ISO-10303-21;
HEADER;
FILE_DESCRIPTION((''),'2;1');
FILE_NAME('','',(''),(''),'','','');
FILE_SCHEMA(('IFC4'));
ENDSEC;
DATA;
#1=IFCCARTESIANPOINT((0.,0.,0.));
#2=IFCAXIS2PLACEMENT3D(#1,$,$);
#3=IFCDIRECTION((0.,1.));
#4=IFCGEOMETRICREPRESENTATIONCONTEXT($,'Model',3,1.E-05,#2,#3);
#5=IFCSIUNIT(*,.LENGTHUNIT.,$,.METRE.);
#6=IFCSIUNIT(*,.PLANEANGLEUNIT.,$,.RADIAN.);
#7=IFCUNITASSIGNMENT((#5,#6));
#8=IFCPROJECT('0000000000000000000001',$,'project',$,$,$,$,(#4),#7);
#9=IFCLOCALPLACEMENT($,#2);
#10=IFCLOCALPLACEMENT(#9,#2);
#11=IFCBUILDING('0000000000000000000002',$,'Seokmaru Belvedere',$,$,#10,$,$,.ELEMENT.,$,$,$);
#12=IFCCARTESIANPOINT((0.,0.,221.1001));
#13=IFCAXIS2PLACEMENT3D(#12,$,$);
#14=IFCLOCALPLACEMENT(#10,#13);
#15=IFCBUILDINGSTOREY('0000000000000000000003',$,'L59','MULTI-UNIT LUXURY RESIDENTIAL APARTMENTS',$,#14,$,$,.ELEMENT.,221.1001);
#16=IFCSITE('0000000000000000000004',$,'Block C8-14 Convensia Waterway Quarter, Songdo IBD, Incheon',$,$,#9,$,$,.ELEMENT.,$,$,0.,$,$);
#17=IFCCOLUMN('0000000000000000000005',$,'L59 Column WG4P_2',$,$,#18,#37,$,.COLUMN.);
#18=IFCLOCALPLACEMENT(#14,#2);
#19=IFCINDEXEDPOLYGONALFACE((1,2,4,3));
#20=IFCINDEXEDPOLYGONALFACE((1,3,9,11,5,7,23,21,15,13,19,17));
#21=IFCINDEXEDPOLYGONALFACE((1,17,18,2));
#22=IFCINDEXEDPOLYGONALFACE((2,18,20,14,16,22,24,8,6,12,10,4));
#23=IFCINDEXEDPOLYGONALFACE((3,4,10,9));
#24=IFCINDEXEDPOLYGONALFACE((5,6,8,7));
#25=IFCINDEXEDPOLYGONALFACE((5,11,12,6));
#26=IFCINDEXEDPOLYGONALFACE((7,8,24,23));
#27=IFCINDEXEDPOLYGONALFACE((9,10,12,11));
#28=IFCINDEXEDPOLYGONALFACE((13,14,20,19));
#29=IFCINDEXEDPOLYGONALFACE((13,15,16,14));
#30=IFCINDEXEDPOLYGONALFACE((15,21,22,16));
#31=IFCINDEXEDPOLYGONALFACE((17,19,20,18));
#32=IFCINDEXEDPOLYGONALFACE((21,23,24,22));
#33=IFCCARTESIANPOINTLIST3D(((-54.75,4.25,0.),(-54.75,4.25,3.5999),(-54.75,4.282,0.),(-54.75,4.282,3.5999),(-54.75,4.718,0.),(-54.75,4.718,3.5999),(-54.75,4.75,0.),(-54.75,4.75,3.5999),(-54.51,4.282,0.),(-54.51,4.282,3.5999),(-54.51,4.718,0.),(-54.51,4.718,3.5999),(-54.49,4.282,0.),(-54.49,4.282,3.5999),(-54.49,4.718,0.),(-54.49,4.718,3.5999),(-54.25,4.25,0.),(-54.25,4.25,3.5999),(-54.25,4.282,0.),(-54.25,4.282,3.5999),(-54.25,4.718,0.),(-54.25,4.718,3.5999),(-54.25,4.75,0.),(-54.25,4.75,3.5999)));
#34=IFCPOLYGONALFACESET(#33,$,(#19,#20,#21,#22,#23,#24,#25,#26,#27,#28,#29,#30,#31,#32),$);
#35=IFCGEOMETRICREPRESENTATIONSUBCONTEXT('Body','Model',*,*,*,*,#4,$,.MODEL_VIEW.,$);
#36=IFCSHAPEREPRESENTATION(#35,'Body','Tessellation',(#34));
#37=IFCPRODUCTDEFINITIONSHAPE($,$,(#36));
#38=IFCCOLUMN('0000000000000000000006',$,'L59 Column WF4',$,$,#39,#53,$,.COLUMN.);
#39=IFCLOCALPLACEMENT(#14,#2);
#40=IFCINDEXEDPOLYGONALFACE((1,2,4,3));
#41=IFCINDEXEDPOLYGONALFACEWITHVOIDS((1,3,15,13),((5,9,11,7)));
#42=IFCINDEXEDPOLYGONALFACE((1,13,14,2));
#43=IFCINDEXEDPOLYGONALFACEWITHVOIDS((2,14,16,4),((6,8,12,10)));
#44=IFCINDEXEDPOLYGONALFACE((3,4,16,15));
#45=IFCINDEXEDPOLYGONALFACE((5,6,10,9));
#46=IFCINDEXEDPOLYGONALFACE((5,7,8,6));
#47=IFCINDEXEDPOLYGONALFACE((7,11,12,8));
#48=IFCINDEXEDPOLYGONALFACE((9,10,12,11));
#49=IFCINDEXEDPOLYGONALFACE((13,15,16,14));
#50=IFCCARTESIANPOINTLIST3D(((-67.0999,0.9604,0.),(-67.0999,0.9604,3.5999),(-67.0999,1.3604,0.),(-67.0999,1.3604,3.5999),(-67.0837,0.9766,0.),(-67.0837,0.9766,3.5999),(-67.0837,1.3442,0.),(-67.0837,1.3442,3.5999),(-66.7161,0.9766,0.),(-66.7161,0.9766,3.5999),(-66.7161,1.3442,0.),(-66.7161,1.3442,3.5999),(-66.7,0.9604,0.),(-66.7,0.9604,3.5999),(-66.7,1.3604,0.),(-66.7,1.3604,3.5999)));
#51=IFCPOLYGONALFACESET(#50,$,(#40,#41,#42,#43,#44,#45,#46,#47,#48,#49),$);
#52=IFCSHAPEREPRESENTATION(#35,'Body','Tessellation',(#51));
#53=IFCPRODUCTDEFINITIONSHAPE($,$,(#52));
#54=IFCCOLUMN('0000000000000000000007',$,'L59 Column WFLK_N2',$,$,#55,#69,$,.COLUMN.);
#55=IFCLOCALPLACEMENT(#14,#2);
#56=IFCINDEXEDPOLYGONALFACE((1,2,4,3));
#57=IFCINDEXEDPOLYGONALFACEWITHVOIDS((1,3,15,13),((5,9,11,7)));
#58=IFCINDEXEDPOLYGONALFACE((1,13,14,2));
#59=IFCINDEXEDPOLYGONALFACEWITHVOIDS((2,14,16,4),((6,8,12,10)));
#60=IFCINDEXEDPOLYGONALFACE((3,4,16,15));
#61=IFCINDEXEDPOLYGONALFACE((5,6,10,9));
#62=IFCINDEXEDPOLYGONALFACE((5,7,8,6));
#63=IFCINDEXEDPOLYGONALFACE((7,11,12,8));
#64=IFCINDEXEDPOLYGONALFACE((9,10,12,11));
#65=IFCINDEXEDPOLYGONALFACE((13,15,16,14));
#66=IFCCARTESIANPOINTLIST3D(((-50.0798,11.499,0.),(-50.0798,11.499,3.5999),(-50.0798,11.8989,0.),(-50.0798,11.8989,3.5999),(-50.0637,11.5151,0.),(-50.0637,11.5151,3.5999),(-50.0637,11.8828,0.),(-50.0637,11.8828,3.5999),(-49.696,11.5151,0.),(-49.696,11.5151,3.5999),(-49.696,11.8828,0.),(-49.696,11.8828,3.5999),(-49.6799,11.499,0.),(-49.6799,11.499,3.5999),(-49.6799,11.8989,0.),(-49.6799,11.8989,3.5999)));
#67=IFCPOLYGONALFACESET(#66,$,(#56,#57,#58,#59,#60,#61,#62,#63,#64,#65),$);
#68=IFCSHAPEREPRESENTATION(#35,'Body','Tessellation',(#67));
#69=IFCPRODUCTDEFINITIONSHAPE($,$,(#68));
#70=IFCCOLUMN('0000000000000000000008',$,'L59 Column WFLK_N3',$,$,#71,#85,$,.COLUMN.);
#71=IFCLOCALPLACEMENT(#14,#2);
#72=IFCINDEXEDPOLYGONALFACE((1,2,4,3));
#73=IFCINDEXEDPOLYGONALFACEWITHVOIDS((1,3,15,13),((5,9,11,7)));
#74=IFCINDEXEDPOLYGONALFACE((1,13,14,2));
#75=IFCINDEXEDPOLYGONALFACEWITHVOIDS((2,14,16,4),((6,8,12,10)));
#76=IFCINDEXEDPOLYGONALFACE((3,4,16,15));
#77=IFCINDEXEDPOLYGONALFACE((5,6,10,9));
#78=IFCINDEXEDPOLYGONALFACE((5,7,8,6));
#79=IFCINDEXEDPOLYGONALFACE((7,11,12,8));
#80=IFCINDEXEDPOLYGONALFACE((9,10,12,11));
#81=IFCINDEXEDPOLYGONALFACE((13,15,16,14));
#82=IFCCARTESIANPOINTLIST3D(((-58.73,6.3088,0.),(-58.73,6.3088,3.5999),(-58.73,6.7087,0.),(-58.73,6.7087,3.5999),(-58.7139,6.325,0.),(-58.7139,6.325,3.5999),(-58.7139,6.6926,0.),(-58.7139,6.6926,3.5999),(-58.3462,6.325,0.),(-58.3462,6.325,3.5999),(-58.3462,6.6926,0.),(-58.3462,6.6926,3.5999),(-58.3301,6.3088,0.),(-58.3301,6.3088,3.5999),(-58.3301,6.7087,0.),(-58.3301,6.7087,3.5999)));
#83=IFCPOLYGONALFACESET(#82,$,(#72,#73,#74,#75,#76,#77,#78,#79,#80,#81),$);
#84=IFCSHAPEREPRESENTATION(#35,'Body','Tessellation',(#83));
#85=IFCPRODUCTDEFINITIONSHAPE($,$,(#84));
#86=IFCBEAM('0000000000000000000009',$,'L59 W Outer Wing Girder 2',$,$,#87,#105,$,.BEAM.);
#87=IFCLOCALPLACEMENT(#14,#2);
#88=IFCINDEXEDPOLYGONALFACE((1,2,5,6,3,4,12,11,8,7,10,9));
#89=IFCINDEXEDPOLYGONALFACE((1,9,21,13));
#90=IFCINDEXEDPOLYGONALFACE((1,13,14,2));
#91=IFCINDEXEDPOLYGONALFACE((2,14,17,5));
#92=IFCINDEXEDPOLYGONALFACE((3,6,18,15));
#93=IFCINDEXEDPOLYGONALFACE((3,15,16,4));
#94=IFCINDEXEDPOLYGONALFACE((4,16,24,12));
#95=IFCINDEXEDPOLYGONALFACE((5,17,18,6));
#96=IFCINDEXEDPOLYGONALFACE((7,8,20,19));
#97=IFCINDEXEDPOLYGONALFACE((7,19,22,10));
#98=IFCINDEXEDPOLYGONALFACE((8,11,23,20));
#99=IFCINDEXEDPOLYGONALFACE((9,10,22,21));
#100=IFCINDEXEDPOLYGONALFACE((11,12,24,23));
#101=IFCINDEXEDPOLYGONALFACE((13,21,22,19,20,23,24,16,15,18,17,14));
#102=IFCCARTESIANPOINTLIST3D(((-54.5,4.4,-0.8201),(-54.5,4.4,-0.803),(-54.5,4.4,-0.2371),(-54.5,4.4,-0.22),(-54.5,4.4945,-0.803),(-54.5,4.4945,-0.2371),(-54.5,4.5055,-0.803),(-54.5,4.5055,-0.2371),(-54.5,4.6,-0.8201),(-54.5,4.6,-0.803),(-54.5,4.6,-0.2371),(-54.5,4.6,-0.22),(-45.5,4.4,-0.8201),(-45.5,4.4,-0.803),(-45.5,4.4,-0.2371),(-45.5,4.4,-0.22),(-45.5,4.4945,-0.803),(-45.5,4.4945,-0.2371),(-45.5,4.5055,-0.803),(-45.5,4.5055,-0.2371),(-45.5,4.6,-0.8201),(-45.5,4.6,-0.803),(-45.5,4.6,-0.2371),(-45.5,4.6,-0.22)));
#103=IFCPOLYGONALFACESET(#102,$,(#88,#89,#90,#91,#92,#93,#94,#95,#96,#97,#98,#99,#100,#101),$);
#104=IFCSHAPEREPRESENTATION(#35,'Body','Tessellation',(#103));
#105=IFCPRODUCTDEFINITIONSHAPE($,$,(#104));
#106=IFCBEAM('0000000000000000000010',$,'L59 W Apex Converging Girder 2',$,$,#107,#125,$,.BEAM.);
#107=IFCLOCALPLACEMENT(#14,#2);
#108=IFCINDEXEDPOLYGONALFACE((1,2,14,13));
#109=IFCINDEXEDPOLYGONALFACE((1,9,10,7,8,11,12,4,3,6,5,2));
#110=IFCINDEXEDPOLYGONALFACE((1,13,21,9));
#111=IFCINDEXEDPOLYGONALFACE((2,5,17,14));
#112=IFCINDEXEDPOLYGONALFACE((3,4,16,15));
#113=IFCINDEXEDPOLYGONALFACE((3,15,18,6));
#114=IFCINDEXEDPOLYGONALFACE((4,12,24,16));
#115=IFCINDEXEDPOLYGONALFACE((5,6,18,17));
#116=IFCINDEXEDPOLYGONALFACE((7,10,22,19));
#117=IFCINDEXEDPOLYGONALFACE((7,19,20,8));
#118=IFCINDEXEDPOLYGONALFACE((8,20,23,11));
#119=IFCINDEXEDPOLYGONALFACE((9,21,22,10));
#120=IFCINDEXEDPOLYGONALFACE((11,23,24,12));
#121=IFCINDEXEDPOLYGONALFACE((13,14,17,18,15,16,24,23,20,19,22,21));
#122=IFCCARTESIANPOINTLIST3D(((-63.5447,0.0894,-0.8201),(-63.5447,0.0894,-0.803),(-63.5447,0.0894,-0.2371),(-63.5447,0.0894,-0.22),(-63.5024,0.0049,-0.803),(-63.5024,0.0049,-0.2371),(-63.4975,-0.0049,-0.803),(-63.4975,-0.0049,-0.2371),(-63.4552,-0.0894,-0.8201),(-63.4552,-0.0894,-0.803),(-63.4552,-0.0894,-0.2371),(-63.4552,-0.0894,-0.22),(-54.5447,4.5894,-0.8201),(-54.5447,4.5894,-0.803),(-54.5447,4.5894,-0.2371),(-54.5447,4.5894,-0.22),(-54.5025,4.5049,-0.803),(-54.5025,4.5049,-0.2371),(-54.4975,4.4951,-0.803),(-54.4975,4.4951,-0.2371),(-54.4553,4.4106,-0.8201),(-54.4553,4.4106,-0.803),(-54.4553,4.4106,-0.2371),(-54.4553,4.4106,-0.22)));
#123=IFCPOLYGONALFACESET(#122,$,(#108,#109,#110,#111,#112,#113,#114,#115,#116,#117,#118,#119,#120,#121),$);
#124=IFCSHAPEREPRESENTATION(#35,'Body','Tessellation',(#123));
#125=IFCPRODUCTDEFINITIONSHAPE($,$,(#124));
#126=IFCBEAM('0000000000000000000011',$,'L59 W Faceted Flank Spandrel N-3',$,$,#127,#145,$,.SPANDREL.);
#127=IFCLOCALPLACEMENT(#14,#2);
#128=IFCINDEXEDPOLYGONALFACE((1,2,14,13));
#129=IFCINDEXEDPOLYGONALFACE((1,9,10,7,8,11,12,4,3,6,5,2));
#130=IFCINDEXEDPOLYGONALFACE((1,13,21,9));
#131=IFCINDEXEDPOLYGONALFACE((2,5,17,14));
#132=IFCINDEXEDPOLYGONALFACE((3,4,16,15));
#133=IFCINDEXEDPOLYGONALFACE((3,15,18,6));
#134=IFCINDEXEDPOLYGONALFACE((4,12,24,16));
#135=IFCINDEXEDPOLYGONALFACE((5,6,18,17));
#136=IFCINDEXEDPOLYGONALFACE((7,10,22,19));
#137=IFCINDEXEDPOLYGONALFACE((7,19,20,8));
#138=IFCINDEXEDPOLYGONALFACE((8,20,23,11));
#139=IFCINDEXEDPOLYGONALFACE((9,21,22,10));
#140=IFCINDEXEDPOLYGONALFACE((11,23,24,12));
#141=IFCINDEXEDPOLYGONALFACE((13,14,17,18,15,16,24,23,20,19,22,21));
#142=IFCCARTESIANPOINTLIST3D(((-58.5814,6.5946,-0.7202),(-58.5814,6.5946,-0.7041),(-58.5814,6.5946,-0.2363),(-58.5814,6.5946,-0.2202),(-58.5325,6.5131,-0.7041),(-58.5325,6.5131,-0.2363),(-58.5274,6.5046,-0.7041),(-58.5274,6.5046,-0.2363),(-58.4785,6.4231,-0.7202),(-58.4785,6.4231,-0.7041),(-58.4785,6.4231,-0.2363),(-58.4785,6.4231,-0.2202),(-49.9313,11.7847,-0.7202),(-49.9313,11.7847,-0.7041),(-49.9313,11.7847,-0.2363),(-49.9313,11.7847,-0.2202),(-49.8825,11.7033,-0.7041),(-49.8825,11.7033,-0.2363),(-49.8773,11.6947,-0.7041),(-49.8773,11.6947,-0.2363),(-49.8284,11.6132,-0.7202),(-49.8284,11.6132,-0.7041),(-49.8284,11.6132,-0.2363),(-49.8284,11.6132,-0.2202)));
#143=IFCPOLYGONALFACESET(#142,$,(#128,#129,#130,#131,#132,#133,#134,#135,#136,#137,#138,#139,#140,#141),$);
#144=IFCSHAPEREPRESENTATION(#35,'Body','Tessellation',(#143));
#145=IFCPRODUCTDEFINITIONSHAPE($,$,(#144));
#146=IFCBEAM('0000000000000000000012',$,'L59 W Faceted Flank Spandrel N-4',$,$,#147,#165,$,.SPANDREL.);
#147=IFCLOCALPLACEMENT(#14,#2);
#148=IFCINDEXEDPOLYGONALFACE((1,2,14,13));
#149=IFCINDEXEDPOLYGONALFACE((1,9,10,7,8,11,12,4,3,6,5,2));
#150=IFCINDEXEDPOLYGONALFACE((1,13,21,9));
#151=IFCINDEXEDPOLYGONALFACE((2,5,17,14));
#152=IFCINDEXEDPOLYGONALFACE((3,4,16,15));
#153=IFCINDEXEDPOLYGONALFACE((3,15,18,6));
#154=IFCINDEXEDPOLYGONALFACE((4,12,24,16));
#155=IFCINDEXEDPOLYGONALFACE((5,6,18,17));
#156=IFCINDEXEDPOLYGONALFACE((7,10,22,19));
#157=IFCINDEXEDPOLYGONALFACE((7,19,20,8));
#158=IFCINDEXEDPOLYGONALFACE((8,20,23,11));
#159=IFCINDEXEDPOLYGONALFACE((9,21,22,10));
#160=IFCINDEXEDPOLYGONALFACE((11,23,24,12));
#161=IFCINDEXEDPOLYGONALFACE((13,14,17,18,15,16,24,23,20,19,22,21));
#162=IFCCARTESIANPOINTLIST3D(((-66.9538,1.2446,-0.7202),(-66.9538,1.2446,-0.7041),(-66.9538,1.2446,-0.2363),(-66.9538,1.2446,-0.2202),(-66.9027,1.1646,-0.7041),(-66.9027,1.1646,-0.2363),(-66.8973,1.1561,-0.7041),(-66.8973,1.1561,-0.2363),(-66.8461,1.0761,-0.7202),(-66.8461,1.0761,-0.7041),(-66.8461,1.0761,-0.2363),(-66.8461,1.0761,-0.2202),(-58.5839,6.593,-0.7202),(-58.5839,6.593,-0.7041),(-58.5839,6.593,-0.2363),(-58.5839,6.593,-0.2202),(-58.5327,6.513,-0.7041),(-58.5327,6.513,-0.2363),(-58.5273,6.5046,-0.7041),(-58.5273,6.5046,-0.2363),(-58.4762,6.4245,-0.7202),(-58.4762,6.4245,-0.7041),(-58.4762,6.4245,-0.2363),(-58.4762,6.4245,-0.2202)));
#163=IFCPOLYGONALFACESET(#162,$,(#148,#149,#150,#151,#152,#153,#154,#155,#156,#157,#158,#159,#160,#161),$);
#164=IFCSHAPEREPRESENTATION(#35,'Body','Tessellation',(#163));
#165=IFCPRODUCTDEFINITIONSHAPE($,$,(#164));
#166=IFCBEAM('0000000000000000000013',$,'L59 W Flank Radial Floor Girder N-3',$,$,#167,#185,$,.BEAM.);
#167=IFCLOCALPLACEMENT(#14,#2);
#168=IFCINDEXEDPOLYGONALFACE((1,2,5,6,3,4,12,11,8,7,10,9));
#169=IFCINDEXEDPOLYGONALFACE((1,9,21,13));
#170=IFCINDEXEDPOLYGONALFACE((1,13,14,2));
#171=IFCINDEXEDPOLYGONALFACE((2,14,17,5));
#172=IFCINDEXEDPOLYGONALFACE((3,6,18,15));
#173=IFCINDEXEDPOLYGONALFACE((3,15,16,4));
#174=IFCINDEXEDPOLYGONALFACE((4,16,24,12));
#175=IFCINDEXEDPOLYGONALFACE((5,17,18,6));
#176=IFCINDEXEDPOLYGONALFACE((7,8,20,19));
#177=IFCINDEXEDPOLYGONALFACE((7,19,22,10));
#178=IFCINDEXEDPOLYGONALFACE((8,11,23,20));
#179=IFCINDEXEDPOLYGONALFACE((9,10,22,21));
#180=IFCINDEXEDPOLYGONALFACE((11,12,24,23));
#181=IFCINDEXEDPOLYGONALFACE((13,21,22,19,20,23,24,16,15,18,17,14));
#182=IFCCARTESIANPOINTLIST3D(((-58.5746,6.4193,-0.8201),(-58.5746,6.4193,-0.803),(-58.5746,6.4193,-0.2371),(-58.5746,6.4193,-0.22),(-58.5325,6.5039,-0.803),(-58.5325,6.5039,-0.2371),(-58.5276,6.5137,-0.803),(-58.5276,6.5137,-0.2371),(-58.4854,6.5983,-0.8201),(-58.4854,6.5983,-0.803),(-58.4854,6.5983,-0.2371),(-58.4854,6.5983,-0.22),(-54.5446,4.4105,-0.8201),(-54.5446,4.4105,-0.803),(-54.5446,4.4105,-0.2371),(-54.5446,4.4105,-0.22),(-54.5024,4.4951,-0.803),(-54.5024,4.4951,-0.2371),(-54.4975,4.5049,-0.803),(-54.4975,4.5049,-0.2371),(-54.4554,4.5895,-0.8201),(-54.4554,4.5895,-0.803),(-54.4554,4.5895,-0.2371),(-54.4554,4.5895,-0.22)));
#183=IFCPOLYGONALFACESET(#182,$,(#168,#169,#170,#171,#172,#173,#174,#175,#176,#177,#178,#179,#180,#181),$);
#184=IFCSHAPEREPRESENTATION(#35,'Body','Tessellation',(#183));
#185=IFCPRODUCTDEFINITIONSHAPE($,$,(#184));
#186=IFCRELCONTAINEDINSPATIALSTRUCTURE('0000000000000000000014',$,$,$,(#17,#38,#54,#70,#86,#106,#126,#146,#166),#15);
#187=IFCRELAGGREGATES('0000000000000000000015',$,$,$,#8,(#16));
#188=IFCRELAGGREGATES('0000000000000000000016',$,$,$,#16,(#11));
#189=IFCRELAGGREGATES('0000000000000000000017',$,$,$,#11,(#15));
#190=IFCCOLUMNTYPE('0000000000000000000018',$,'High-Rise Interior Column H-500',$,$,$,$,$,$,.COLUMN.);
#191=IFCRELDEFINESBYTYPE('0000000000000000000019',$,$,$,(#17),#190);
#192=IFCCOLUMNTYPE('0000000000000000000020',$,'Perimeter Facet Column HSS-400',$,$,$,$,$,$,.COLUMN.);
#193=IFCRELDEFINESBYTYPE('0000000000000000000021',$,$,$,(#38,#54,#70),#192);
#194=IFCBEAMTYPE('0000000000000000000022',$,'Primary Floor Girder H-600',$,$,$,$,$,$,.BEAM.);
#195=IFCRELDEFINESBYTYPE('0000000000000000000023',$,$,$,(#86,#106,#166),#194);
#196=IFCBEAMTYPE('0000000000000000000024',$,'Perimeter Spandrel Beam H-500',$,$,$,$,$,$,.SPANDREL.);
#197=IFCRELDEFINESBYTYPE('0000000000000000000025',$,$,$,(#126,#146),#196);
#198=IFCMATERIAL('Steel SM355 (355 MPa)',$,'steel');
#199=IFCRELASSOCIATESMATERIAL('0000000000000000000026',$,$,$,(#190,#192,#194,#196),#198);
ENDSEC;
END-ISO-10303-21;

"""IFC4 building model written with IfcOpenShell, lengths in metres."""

from ifc_helpers import new_model, si_unit, direction, frame, origin, origin_2d, place, context, subcontext, project, spatial, hollow_rectangle, i_section, extrude, source, transform, mapped, material, material_profile, profile_set, type_object, type_shapes, element, save


model = new_model("IFC4")

# Units and contexts
model_context = context("Model", 3, precision=1e-05, world=origin(), true_north=direction((0.0, 1.0)))
body_context = subcontext(model_context, "Body", "Model", "MODEL_VIEW")
ifc_project = project(units=[si_unit("LENGTHUNIT", "METRE"), si_unit("PLANEANGLEUNIT", "RADIAN")], contexts=[model_context])

# Site, building, storey
site_placement = place(None, origin())
site = spatial("IfcSite", under=ifc_project, at=site_placement, Name="Block C8-14 Convensia Waterway Quarter, Songdo IBD, Incheon", CompositionType="ELEMENT", RefElevation=0.0)
building_placement = place(site_placement, origin())
building = spatial("IfcBuilding", under=site, at=building_placement, Name="Seokmaru Belvedere", CompositionType="ELEMENT")
storey_placement = place(building_placement, frame((0.0, 0.0, 221.1001)))
storey = spatial("IfcBuildingStorey", under=building, at=storey_placement, Name="L59", Description="MULTI-UNIT LUXURY RESIDENTIAL APARTMENTS", CompositionType="ELEMENT", Elevation=221.1001)

# Columns
ifc_material_1 = material(Name="Steel SM355 (355 MPa)", Category="steel")
ifc_material_profile_1 = material_profile(ifc_material_1, i_section(OverallWidth=0.5, OverallDepth=0.5, WebThickness=0.02, FlangeThickness=0.032, at=origin_2d()), Name="H-500x500x20x32")
ifc_profile_set_1 = profile_set([ifc_material_profile_1], Name="Steel SM355 (355 MPa)")
column_type_1 = type_object("IfcColumnType", Name="High-Rise Interior Column H-500", PredefinedType="COLUMN", material=ifc_profile_set_1)
shared_shape_1 = source(origin(), body_context, "Body", "SweptSolid", [
    extrude(i_section(OverallWidth=0.5, OverallDepth=0.5, WebThickness=0.02, FlangeThickness=0.032, at=origin_2d()), origin(), (0.0, 0.0, 1.0), 3.5999),
])
type_shapes(column_type_1, [shared_shape_1])
column_placement = place(storey_placement, frame((-54.5, 4.5, 0.0), z_axis=(0.0, 0.0, 1.0), x_axis=(1.0, 0.0, 0.0)))
element("IfcColumn", 1, at=column_placement, inside=storey, type_object=column_type_1, Name="L59 Column WG4P_2", PredefinedType="COLUMN", context=body_context, shape_type="MappedRepresentation", body=[
    mapped(shared_shape_1, transform((0.0, 0.0, 0.0), scale=1.0)),
])
ifc_material_profile_2 = material_profile(ifc_material_1, hollow_rectangle(XDim=0.3999, YDim=0.3999, WallThickness=0.0161, at=origin_2d()), Name="HSS-400x400x16")
ifc_profile_set_2 = profile_set([ifc_material_profile_2], Name="Steel SM355 (355 MPa)")
column_type_2 = type_object("IfcColumnType", Name="Perimeter Facet Column HSS-400", PredefinedType="COLUMN", material=ifc_profile_set_2)
shared_shape_2 = source(origin(), body_context, "Body", "SweptSolid", [
    extrude(hollow_rectangle(XDim=0.3999, YDim=0.3999, WallThickness=0.0161, at=origin_2d()), origin(), (0.0, 0.0, 1.0), 3.5999),
])
type_shapes(column_type_2, [shared_shape_2])
for number, where, z_axis, x_axis, name in (
    (2, (-66.8999, 1.1604, 0.0), (0.0, 0.0, 1.0), (1.0, 0.0, 0.0), "L59 Column WF4"),
    (3, (-49.8799, 11.699, 0.0), (0.0, 0.0, 1.0), (1.0, 0.0, 0.0), "L59 Column WFLK_N2"),
    (4, (-58.53, 6.5088, 0.0), (0.0, 0.0, 1.0), (1.0, 0.0, 0.0), "L59 Column WFLK_N3"),
):
    element("IfcColumn", number, at=place(storey_placement, frame(where, z_axis=z_axis, x_axis=x_axis)), inside=storey, type_object=column_type_2, Name=name, PredefinedType="COLUMN", context=body_context, shape_type="MappedRepresentation", body=[
        mapped(shared_shape_2, transform((0.0, 0.0, 0.0), scale=1.0)),
    ])

# Beams
ifc_material_profile_3 = material_profile(ifc_material_1, i_section(OverallWidth=0.2, OverallDepth=0.6001, WebThickness=0.011, FlangeThickness=0.0171, at=origin_2d()), Name="H-600x200x11x17")
ifc_profile_set_3 = profile_set([ifc_material_profile_3], Name="Steel SM355 (355 MPa)")
beam_type_1 = type_object("IfcBeamType", Name="Primary Floor Girder H-600", PredefinedType="BEAM", material=ifc_profile_set_3)
shared_shape_3 = source(origin(), body_context, "Body", "SweptSolid", [
    extrude(i_section(OverallWidth=0.2, OverallDepth=0.6001, WebThickness=0.011, FlangeThickness=0.0171, at=origin_2d()), origin(), (0.0, 0.0, 1.0), 9.0),
])
beam_1_placement = place(storey_placement, frame((-54.5, 4.5, -0.52), z_axis=(1.0, 0.0, 0.0), x_axis=(0.0, 1.0, 0.0)))
element("IfcBeam", 5, at=beam_1_placement, inside=storey, type_object=beam_type_1, Name="L59 W Outer Wing Girder 2", PredefinedType="BEAM", context=body_context, shape_type="MappedRepresentation", body=[
    mapped(shared_shape_3, transform((0.0, 0.0, 0.0), scale=1.0)),
])
shared_shape_4 = source(origin(), body_context, "Body", "SweptSolid", [
    extrude(i_section(OverallWidth=0.2, OverallDepth=0.6001, WebThickness=0.011, FlangeThickness=0.0171, at=origin_2d()), origin(), (0.0, 0.0, 1.0), 10.0623),
])
beam_2_placement = place(storey_placement, frame((-54.5, 4.5, -0.52), z_axis=(-0.894427, -0.447214, 0.0), x_axis=(0.447214, -0.894427, 0.0)))
element("IfcBeam", 6, at=beam_2_placement, inside=storey, type_object=beam_type_1, Name="L59 W Apex Converging Girder 2", PredefinedType="BEAM", context=body_context, shape_type="MappedRepresentation", body=[
    mapped(shared_shape_4, transform((0.0, 0.0, 0.0), scale=1.0)),
])
ifc_material_profile_4 = material_profile(ifc_material_1, i_section(OverallWidth=0.2, OverallDepth=0.5, WebThickness=0.01, FlangeThickness=0.0161, at=origin_2d()), Name="H-500x200x10x16")
ifc_profile_set_4 = profile_set([ifc_material_profile_4], Name="Steel SM355 (355 MPa)")
beam_type_2 = type_object("IfcBeamType", Name="Perimeter Spandrel Beam H-500", PredefinedType="SPANDREL", material=ifc_profile_set_4)
shared_shape_5 = source(origin(), body_context, "Body", "SweptSolid", [
    extrude(i_section(OverallWidth=0.2, OverallDepth=0.5, WebThickness=0.01, FlangeThickness=0.0161, at=origin_2d()), origin(), (0.0, 0.0, 1.0), 10.0876),
])
beam_3_placement = place(storey_placement, frame((-49.8799, 11.699, -0.4702), z_axis=(-0.857489, -0.514503, 0.0), x_axis=(0.514503, -0.857489, 0.0)))
element("IfcBeam", 7, at=beam_3_placement, inside=storey, type_object=beam_type_2, Name="L59 W Faceted Flank Spandrel N-3", PredefinedType="SPANDREL", context=body_context, shape_type="MappedRepresentation", body=[
    mapped(shared_shape_5, transform((0.0, 0.0, 0.0), scale=1.0)),
])
shared_shape_6 = source(origin(), body_context, "Body", "SweptSolid", [
    extrude(i_section(OverallWidth=0.2, OverallDepth=0.5, WebThickness=0.01, FlangeThickness=0.0161, at=origin_2d()), origin(), (0.0, 0.0, 1.0), 9.9329),
])
type_shapes(beam_type_2, [shared_shape_5, shared_shape_6])
beam_4_placement = place(storey_placement, frame((-58.53, 6.5088, -0.4702), z_axis=(-0.842652, -0.538459, 0.0), x_axis=(0.538459, -0.842652, 0.0)))
element("IfcBeam", 8, at=beam_4_placement, inside=storey, type_object=beam_type_2, Name="L59 W Faceted Flank Spandrel N-4", PredefinedType="SPANDREL", context=body_context, shape_type="MappedRepresentation", body=[
    mapped(shared_shape_6, transform((0.0, 0.0, 0.0), scale=1.0)),
])
shared_shape_7 = source(origin(), body_context, "Body", "SweptSolid", [
    extrude(i_section(OverallWidth=0.2, OverallDepth=0.6001, WebThickness=0.011, FlangeThickness=0.0171, at=origin_2d()), origin(), (0.0, 0.0, 1.0), 4.5029),
])
beam_5_placement = place(storey_placement, frame((-58.53, 6.5088, -0.52), z_axis=(0.89498, -0.446107, 0.0), x_axis=(0.446107, 0.89498, 0.0)))
element("IfcBeam", 9, at=beam_5_placement, inside=storey, type_object=beam_type_1, Name="L59 W Flank Radial Floor Girder N-3", PredefinedType="BEAM", context=body_context, shape_type="MappedRepresentation", body=[
    mapped(shared_shape_7, transform((0.0, 0.0, 0.0), scale=1.0)),
])

save(model, "model.ifc")
